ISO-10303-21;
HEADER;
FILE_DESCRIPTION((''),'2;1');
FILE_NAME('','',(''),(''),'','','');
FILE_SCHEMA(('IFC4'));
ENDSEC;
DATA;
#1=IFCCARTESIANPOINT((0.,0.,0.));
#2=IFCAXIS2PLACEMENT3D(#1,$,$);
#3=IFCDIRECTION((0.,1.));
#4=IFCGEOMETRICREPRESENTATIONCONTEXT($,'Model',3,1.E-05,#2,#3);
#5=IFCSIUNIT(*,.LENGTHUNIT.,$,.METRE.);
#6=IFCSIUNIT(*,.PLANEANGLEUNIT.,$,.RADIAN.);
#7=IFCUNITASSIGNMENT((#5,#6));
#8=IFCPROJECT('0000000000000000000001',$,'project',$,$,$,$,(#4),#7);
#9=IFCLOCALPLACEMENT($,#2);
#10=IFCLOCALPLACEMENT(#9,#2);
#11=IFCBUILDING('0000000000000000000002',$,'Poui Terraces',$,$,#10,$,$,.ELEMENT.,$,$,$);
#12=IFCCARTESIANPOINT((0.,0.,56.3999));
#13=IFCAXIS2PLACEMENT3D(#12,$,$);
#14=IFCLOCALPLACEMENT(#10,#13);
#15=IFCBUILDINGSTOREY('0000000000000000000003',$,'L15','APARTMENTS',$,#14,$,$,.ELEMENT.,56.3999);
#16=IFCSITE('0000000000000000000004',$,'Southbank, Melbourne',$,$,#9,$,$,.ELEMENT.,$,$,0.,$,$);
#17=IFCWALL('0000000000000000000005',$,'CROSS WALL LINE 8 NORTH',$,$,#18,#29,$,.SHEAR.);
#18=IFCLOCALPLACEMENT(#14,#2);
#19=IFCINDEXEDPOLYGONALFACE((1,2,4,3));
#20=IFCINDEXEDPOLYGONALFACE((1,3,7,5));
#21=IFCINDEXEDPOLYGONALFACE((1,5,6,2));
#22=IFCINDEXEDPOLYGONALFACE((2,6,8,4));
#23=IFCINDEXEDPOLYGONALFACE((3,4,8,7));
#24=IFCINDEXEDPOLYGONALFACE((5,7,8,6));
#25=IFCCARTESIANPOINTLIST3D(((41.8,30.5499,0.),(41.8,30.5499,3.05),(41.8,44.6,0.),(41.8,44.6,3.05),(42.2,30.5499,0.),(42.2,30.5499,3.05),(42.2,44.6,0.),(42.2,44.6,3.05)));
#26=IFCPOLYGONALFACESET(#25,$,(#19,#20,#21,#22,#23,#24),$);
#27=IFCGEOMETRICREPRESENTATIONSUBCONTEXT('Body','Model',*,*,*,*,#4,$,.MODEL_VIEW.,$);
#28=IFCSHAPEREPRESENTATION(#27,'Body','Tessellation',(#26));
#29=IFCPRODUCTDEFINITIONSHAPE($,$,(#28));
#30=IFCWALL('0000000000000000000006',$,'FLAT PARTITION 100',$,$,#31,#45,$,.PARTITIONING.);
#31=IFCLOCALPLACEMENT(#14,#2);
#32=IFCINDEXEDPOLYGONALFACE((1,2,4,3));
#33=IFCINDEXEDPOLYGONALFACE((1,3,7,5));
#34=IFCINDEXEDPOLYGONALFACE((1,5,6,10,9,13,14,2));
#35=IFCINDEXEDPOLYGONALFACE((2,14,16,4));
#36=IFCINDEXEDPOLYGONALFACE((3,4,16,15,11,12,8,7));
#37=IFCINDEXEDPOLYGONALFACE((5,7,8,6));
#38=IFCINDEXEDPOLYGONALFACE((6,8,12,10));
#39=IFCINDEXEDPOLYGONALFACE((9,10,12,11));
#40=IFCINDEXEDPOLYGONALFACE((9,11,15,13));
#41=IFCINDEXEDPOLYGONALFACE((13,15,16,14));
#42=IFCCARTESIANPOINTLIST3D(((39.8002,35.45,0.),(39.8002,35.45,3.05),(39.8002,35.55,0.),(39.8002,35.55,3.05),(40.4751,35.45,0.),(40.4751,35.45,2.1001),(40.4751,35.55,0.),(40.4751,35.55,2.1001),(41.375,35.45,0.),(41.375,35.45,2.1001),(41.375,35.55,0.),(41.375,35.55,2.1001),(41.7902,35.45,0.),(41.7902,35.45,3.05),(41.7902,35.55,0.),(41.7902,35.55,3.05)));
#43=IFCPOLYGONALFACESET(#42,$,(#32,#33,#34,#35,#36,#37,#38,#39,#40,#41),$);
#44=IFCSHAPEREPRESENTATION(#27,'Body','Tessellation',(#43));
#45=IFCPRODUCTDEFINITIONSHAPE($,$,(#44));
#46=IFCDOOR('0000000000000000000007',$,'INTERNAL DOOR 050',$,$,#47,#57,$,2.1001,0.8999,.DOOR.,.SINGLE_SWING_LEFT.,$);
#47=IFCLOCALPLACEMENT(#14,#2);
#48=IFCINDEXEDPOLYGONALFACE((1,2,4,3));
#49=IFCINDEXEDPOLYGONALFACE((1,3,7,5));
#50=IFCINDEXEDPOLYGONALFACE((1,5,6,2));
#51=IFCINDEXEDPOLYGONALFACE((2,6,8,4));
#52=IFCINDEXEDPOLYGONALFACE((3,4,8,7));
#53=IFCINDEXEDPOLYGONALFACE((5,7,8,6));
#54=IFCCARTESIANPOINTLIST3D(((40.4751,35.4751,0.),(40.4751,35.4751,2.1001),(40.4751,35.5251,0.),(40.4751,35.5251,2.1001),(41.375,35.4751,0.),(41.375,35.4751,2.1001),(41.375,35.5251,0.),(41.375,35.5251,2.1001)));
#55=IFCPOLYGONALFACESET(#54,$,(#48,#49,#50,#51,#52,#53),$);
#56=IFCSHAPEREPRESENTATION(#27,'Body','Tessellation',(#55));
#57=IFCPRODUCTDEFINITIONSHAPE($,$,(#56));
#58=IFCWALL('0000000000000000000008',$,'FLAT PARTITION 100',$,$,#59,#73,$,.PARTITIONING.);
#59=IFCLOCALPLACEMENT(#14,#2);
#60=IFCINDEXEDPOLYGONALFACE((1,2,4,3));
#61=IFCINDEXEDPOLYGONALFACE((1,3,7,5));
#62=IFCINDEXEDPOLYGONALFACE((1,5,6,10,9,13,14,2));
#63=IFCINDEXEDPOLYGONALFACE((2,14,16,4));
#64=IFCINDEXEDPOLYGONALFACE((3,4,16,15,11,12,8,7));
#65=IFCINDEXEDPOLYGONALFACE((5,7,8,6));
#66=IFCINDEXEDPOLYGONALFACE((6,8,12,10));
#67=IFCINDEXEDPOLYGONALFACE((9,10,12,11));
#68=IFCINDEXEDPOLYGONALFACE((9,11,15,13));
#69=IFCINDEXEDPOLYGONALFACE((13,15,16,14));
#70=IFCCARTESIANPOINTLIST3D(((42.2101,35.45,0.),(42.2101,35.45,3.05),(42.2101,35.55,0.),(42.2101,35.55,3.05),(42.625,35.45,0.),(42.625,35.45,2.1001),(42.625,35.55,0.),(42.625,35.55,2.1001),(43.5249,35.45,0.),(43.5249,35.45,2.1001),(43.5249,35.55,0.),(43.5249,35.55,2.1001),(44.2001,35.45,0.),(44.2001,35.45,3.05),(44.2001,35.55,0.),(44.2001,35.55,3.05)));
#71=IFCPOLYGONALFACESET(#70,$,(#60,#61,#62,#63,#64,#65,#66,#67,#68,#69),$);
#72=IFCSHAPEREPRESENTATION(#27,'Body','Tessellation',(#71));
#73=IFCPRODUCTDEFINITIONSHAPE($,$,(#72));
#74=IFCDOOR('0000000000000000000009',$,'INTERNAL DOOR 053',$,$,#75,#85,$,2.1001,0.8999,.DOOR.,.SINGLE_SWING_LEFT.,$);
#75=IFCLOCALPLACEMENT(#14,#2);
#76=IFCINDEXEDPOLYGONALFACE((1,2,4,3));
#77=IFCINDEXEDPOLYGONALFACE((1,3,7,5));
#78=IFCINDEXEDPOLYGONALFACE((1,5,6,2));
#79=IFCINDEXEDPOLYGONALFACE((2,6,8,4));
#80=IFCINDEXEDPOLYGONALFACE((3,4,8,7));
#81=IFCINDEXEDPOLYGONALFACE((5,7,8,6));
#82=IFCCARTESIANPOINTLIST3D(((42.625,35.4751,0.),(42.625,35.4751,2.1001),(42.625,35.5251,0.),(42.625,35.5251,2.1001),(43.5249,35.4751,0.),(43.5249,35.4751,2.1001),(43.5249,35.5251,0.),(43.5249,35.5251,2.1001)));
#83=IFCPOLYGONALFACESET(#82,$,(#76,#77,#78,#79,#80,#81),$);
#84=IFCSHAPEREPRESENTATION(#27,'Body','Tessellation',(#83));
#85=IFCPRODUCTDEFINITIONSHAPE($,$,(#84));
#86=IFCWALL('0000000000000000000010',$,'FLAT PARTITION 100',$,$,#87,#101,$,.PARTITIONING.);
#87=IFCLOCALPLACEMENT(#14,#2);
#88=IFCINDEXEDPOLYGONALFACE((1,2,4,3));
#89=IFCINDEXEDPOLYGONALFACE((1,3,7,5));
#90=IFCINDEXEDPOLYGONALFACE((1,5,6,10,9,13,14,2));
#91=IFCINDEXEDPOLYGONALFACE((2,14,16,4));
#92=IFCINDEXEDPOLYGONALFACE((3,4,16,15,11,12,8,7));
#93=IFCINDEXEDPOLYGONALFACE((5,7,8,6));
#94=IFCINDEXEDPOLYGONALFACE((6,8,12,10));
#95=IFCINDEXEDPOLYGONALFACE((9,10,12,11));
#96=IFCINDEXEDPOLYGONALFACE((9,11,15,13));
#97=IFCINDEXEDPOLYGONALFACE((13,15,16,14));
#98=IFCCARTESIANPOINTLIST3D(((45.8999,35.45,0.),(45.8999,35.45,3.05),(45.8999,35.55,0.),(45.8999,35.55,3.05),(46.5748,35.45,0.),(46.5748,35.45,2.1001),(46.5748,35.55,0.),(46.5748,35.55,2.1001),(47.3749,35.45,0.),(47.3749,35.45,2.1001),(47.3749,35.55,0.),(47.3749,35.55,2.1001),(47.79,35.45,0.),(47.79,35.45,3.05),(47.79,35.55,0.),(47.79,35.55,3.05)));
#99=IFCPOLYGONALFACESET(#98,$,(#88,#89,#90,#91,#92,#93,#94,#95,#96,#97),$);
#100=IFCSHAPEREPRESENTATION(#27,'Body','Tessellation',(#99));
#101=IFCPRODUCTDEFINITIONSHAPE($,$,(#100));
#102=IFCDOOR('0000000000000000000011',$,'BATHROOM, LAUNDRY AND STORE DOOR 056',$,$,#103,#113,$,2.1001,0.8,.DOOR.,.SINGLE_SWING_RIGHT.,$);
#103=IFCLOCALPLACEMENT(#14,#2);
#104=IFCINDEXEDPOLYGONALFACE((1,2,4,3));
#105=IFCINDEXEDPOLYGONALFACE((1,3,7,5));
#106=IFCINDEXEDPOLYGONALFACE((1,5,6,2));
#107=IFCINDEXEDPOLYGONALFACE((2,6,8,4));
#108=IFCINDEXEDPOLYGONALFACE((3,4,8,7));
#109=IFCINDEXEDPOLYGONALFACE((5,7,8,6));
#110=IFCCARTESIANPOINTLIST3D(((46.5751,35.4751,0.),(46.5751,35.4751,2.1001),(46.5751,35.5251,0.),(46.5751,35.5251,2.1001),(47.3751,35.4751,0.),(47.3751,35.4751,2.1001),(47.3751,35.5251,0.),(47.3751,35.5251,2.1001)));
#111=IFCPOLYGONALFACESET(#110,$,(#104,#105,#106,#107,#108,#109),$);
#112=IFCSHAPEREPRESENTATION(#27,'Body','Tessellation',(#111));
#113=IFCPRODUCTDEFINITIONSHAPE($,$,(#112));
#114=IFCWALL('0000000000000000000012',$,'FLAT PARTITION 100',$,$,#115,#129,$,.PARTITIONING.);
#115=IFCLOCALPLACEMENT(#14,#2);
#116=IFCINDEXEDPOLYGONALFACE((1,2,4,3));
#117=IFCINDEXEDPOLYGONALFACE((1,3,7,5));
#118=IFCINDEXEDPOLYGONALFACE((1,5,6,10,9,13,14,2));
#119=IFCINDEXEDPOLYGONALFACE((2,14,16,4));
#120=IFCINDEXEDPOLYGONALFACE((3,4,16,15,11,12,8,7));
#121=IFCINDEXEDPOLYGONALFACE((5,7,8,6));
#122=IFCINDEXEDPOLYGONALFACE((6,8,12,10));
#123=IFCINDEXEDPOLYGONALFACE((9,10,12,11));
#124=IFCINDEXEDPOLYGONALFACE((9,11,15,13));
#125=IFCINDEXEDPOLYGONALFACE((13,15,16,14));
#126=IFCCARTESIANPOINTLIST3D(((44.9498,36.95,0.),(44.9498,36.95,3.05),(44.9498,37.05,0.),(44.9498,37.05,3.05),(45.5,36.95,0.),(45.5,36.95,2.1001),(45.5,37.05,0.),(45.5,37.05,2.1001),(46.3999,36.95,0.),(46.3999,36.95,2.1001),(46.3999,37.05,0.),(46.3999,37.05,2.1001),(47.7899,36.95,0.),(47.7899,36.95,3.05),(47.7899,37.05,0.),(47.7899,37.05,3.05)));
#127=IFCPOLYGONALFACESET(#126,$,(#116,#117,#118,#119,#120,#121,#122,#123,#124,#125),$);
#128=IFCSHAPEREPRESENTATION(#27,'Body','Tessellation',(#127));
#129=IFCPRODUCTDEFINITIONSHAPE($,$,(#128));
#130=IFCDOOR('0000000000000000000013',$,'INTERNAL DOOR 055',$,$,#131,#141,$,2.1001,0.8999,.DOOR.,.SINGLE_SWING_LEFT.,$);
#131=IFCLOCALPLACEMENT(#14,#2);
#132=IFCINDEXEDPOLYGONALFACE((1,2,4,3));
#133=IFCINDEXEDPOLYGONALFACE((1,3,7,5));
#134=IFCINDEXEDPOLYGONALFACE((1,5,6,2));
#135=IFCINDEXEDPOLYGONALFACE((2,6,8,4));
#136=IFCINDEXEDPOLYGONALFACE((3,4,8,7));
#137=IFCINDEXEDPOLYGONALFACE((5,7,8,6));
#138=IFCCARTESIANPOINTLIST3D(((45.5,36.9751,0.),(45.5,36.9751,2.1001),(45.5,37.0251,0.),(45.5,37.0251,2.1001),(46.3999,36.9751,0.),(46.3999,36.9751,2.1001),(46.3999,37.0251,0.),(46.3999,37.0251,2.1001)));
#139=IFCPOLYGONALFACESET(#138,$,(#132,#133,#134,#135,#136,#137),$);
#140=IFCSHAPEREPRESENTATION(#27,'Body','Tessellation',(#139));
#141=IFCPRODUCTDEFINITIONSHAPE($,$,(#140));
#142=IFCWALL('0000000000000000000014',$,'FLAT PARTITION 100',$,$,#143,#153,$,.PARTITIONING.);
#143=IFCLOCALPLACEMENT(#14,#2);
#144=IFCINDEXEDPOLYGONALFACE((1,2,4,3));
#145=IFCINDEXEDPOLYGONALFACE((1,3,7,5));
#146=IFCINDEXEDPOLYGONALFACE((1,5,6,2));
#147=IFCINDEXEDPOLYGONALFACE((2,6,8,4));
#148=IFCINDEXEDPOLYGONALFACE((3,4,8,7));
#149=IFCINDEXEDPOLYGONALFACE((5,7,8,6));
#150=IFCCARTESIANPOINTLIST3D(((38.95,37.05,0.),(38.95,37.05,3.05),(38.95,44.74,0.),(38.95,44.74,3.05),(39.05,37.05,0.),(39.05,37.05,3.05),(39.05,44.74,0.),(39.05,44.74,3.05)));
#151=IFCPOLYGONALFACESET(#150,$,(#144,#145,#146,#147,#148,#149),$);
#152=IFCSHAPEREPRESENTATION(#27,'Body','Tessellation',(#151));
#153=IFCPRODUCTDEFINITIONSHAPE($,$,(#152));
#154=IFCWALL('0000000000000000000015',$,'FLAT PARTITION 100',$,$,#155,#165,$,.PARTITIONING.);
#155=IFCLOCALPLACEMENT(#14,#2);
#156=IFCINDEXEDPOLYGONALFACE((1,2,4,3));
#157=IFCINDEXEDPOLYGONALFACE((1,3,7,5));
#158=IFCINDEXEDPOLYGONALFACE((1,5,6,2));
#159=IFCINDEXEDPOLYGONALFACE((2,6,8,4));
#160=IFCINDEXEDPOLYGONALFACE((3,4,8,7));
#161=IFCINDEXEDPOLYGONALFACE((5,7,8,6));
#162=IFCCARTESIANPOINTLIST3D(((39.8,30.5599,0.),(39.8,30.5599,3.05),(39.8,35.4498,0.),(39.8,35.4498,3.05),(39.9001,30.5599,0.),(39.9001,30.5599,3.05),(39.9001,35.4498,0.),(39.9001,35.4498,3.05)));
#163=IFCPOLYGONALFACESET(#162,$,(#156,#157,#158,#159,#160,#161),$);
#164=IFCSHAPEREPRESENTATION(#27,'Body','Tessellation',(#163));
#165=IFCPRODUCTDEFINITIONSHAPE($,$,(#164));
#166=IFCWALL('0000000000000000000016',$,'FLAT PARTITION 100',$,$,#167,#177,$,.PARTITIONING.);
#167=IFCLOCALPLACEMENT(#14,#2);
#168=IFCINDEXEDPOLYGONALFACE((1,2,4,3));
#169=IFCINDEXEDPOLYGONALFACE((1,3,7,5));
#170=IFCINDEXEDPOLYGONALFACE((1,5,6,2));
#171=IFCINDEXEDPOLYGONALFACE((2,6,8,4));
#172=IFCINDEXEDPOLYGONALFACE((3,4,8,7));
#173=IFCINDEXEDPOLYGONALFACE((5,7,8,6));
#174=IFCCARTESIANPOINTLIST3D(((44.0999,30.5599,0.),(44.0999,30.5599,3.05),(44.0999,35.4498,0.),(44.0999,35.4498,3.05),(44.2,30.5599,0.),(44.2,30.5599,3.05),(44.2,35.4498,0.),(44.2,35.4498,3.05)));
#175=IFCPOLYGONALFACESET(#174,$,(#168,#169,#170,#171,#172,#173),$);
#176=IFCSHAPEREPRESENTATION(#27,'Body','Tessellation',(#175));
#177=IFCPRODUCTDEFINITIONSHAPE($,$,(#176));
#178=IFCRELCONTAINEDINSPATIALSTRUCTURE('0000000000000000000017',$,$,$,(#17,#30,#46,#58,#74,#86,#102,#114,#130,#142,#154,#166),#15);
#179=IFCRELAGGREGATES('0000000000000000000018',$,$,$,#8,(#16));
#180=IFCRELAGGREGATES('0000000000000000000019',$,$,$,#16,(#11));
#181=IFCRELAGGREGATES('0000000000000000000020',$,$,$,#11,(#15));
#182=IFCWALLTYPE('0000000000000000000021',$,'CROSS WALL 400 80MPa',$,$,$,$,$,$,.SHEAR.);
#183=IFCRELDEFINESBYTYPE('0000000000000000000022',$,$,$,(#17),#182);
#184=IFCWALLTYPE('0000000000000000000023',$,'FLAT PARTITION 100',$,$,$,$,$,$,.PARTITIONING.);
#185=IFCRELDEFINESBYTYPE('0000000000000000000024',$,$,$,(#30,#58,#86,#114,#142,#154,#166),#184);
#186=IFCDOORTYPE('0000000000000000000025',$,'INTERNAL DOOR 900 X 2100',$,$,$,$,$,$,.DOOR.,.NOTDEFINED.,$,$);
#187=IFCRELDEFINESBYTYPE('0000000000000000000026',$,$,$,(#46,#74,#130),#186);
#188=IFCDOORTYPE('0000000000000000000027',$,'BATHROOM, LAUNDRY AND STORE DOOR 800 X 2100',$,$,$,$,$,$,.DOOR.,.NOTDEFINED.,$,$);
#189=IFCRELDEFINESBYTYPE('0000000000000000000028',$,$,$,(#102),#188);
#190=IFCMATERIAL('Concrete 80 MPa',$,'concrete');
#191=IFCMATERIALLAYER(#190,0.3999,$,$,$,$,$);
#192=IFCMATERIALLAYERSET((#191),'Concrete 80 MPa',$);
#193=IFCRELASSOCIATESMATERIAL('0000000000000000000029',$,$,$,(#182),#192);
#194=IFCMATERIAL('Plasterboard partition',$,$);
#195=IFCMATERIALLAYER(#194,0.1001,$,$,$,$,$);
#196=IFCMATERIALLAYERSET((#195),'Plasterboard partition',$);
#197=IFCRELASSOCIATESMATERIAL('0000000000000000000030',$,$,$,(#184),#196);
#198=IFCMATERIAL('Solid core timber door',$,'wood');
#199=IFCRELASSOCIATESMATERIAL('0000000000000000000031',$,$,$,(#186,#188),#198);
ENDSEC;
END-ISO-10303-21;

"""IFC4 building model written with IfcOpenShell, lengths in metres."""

from ifc_helpers import new_model, si_unit, direction, frame, frame_2d, origin, place, context, subcontext, project, spatial, rectangle, extrude, material, layer, layer_set, type_object, element, fill, save


model = new_model("IFC4")

# Units and contexts
model_context = context("Model", 3, precision=1e-05, world=origin(), true_north=direction((0.0, 1.0)))
body_context = subcontext(model_context, "Body", "Model", "MODEL_VIEW")
ifc_project = project(units=[si_unit("LENGTHUNIT", "METRE"), si_unit("PLANEANGLEUNIT", "RADIAN")], contexts=[model_context])

# Site, building, storey
site_placement = place(None, origin())
site = spatial("IfcSite", under=ifc_project, at=site_placement, Name="Southbank, Melbourne", CompositionType="ELEMENT", RefElevation=0.0)
building_placement = place(site_placement, origin())
building = spatial("IfcBuilding", under=site, at=building_placement, Name="Poui Terraces", CompositionType="ELEMENT")
storey_placement = place(building_placement, frame((0.0, 0.0, 56.3999)))
storey = spatial("IfcBuildingStorey", under=building, at=storey_placement, Name="L15", Description="APARTMENTS", CompositionType="ELEMENT", Elevation=56.3999)

# Wall
ifc_material_1 = material(Name="Concrete 80 MPa", Category="concrete")
ifc_layer_1 = layer(ifc_material_1, 0.3999)
ifc_layer_set_1 = layer_set([ifc_layer_1], Name="Concrete 80 MPa")
wall_type_1 = type_object("IfcWallType", Name="CROSS WALL 400 80MPa", PredefinedType="SHEAR", material=ifc_layer_set_1)
wall_1_placement = place(storey_placement, frame((42.0, 30.55, 0.0), z_axis=(0.0, 0.0, 1.0), x_axis=(0.0, 1.0, 0.0)))
element("IfcWall", 1, at=wall_1_placement, inside=storey, type_object=wall_type_1, Name="CROSS WALL LINE 8 NORTH", PredefinedType="SHEAR", context=body_context, shape_type="SweptSolid", body=[
    extrude(rectangle(XDim=14.05, YDim=0.3999, at=frame_2d((7.0249, 0.0))), origin(), (0.0, 0.0, 1.0), 3.05),
])

# Walls, openings, doors
ifc_material_2 = material(Name="Plasterboard partition")
ifc_layer_2 = layer(ifc_material_2, 0.1001)
ifc_layer_set_2 = layer_set([ifc_layer_2], Name="Plasterboard partition")
wall_type_2 = type_object("IfcWallType", Name="FLAT PARTITION 100", PredefinedType="PARTITIONING", material=ifc_layer_set_2)
wall_2_placement = place(storey_placement, frame((39.8, 35.5, 0.0), z_axis=(0.0, 0.0, 1.0), x_axis=(1.0, 0.0, 0.0)))
wall_2 = element("IfcWall", 2, at=wall_2_placement, inside=storey, type_object=wall_type_2, Name="FLAT PARTITION 100", PredefinedType="PARTITIONING", context=body_context, shape_type="SweptSolid", body=[
    extrude(rectangle(XDim=1.99, YDim=0.1001, at=frame_2d((0.9951, 0.0))), origin(), (0.0, 0.0, 1.0), 3.05),
])
opening_1_placement = place(wall_2_placement, frame((0.675, 0.0, 0.0)))
opening_1 = element("IfcOpeningElement", 3, at=opening_1_placement, cuts=wall_2, PredefinedType="OPENING", context=body_context, shape_type="SweptSolid", body=[
    extrude(rectangle(XDim=0.8999, YDim=2.1001, at=frame_2d((0.45, 1.05))), frame((0.0, 0.0601, 0.0), z_axis=(0.0, -1.0, 0.0), x_axis=(1.0, 0.0, 0.0)), (0.0, 0.0, 1.0), 0.1201),
])
ifc_material_3 = material(Name="Solid core timber door", Category="wood")
door_type_1 = type_object("IfcDoorType", Name="INTERNAL DOOR 900 X 2100", OperationType="NOTDEFINED", PredefinedType="DOOR", material=ifc_material_3)
door_1_placement = place(opening_1_placement, frame((0.8999, 0.0, 0.0), z_axis=(0.0, 0.0, 1.0), x_axis=(-1.0, 0.0, 0.0)))
door_1 = element("IfcDoor", 4, at=door_1_placement, inside=storey, type_object=door_type_1, Name="INTERNAL DOOR 050", OperationType="SINGLE_SWING_LEFT", OverallHeight=2.1001, OverallWidth=0.8999, PredefinedType="DOOR", context=body_context, shape_type="SweptSolid", body=[
    extrude(rectangle(XDim=0.8999, YDim=2.1001, at=frame_2d((0.45, 1.05))), frame((0.0, 0.0249, 0.0), z_axis=(0.0, -1.0, 0.0), x_axis=(1.0, 0.0, 0.0)), (0.0, 0.0, 1.0), 0.05),
])
fill(opening_1, door_1)
wall_3_placement = place(storey_placement, frame((42.21, 35.5, 0.0), z_axis=(0.0, 0.0, 1.0), x_axis=(1.0, 0.0, 0.0)))
wall_3 = element("IfcWall", 5, at=wall_3_placement, inside=storey, type_object=wall_type_2, Name="FLAT PARTITION 100", PredefinedType="PARTITIONING", context=body_context, shape_type="SweptSolid", body=[
    extrude(rectangle(XDim=1.99, YDim=0.1001, at=frame_2d((0.9951, 0.0))), origin(), (0.0, 0.0, 1.0), 3.05),
])
opening_2_placement = place(wall_3_placement, frame((0.415, 0.0, 0.0)))
opening_2 = element("IfcOpeningElement", 6, at=opening_2_placement, cuts=wall_3, PredefinedType="OPENING", context=body_context, shape_type="SweptSolid", body=[
    extrude(rectangle(XDim=0.8999, YDim=2.1001, at=frame_2d((0.45, 1.05))), frame((0.0, 0.0601, 0.0), z_axis=(0.0, -1.0, 0.0), x_axis=(1.0, 0.0, 0.0)), (0.0, 0.0, 1.0), 0.1201),
])
door_2_placement = place(opening_2_placement, frame((0.8999, 0.0, 0.0), z_axis=(0.0, 0.0, 1.0), x_axis=(-1.0, 0.0, 0.0)))
door_2 = element("IfcDoor", 7, at=door_2_placement, inside=storey, type_object=door_type_1, Name="INTERNAL DOOR 053", OperationType="SINGLE_SWING_LEFT", OverallHeight=2.1001, OverallWidth=0.8999, PredefinedType="DOOR", context=body_context, shape_type="SweptSolid", body=[
    extrude(rectangle(XDim=0.8999, YDim=2.1001, at=frame_2d((0.45, 1.05))), frame((0.0, 0.0249, 0.0), z_axis=(0.0, -1.0, 0.0), x_axis=(1.0, 0.0, 0.0)), (0.0, 0.0, 1.0), 0.05),
])
fill(opening_2, door_2)
wall_4_placement = place(storey_placement, frame((45.8999, 35.5, 0.0), z_axis=(0.0, 0.0, 1.0), x_axis=(1.0, 0.0, 0.0)))
wall_4 = element("IfcWall", 8, at=wall_4_placement, inside=storey, type_object=wall_type_2, Name="FLAT PARTITION 100", PredefinedType="PARTITIONING", context=body_context, shape_type="SweptSolid", body=[
    extrude(rectangle(XDim=1.8901, YDim=0.1001, at=frame_2d((0.9451, 0.0))), origin(), (0.0, 0.0, 1.0), 3.05),
])
opening_3_placement = place(wall_4_placement, frame((0.675, 0.0, 0.0)))
opening_3 = element("IfcOpeningElement", 9, at=opening_3_placement, cuts=wall_4, PredefinedType="OPENING", context=body_context, shape_type="SweptSolid", body=[
    extrude(rectangle(XDim=0.8, YDim=2.1001, at=frame_2d((0.3999, 1.05))), frame((0.0, 0.0601, 0.0), z_axis=(0.0, -1.0, 0.0), x_axis=(1.0, 0.0, 0.0)), (0.0, 0.0, 1.0), 0.1201),
])
door_type_2 = type_object("IfcDoorType", Name="BATHROOM, LAUNDRY AND STORE DOOR 800 X 2100", OperationType="NOTDEFINED", PredefinedType="DOOR", material=ifc_material_3)
door_3_placement = place(opening_3_placement, frame((0.8, 0.0, 0.0), z_axis=(0.0, 0.0, 1.0), x_axis=(-1.0, 0.0, 0.0)))
door_3 = element("IfcDoor", 10, at=door_3_placement, inside=storey, type_object=door_type_2, Name="BATHROOM, LAUNDRY AND STORE DOOR 056", OperationType="SINGLE_SWING_RIGHT", OverallHeight=2.1001, OverallWidth=0.8, PredefinedType="DOOR", context=body_context, shape_type="SweptSolid", body=[
    extrude(rectangle(XDim=0.8, YDim=2.1001, at=frame_2d((0.3999, 1.05))), frame((0.0, 0.0249, 0.0), z_axis=(0.0, -1.0, 0.0), x_axis=(1.0, 0.0, 0.0)), (0.0, 0.0, 1.0), 0.05),
])
fill(opening_3, door_3)
wall_5_placement = place(storey_placement, frame((44.95, 37.0, 0.0), z_axis=(0.0, 0.0, 1.0), x_axis=(1.0, 0.0, 0.0)))
wall_5 = element("IfcWall", 11, at=wall_5_placement, inside=storey, type_object=wall_type_2, Name="FLAT PARTITION 100", PredefinedType="PARTITIONING", context=body_context, shape_type="SweptSolid", body=[
    extrude(rectangle(XDim=2.8401, YDim=0.1001, at=frame_2d((1.4199, 0.0))), origin(), (0.0, 0.0, 1.0), 3.05),
])
opening_4_placement = place(wall_5_placement, frame((0.55, 0.0, 0.0)))
opening_4 = element("IfcOpeningElement", 12, at=opening_4_placement, cuts=wall_5, PredefinedType="OPENING", context=body_context, shape_type="SweptSolid", body=[
    extrude(rectangle(XDim=0.8999, YDim=2.1001, at=frame_2d((0.45, 1.05))), frame((0.0, 0.0601, 0.0), z_axis=(0.0, -1.0, 0.0), x_axis=(1.0, 0.0, 0.0)), (0.0, 0.0, 1.0), 0.1201),
])
door_4_placement = place(opening_4_placement, frame((0.8999, 0.0, 0.0), z_axis=(0.0, 0.0, 1.0), x_axis=(-1.0, 0.0, 0.0)))
door_4 = element("IfcDoor", 13, at=door_4_placement, inside=storey, type_object=door_type_1, Name="INTERNAL DOOR 055", OperationType="SINGLE_SWING_LEFT", OverallHeight=2.1001, OverallWidth=0.8999, PredefinedType="DOOR", context=body_context, shape_type="SweptSolid", body=[
    extrude(rectangle(XDim=0.8999, YDim=2.1001, at=frame_2d((0.45, 1.05))), frame((0.0, 0.0249, 0.0), z_axis=(0.0, -1.0, 0.0), x_axis=(1.0, 0.0, 0.0)), (0.0, 0.0, 1.0), 0.05),
])
fill(opening_4, door_4)

# Walls
wall_6_placement = place(storey_placement, frame((39.0, 37.05, 0.0), z_axis=(0.0, 0.0, 1.0), x_axis=(0.0, 1.0, 0.0)))
element("IfcWall", 14, at=wall_6_placement, inside=storey, type_object=wall_type_2, Name="FLAT PARTITION 100", PredefinedType="PARTITIONING", context=body_context, shape_type="SweptSolid", body=[
    extrude(rectangle(XDim=7.6899, YDim=0.1001, at=frame_2d((3.845, 0.0))), origin(), (0.0, 0.0, 1.0), 3.05),
])
for number, where, z_axis, x_axis, name in (
    (15, (39.8501, 30.5601, 0.0), (0.0, 0.0, 1.0), (0.0, 1.0, 0.0), "FLAT PARTITION 100"),
    (16, (44.1499, 30.5601, 0.0), (0.0, 0.0, 1.0), (0.0, 1.0, 0.0), "FLAT PARTITION 100"),
):
    element("IfcWall", number, at=place(storey_placement, frame(where, z_axis=z_axis, x_axis=x_axis)), inside=storey, type_object=wall_type_2, Name=name, PredefinedType="PARTITIONING", context=body_context, shape_type="SweptSolid", body=[
        extrude(rectangle(XDim=4.8899, YDim=0.1001, at=frame_2d((2.4448, 0.0))), origin(), (0.0, 0.0, 1.0), 3.05),
    ])

save(model, "model.ifc")
